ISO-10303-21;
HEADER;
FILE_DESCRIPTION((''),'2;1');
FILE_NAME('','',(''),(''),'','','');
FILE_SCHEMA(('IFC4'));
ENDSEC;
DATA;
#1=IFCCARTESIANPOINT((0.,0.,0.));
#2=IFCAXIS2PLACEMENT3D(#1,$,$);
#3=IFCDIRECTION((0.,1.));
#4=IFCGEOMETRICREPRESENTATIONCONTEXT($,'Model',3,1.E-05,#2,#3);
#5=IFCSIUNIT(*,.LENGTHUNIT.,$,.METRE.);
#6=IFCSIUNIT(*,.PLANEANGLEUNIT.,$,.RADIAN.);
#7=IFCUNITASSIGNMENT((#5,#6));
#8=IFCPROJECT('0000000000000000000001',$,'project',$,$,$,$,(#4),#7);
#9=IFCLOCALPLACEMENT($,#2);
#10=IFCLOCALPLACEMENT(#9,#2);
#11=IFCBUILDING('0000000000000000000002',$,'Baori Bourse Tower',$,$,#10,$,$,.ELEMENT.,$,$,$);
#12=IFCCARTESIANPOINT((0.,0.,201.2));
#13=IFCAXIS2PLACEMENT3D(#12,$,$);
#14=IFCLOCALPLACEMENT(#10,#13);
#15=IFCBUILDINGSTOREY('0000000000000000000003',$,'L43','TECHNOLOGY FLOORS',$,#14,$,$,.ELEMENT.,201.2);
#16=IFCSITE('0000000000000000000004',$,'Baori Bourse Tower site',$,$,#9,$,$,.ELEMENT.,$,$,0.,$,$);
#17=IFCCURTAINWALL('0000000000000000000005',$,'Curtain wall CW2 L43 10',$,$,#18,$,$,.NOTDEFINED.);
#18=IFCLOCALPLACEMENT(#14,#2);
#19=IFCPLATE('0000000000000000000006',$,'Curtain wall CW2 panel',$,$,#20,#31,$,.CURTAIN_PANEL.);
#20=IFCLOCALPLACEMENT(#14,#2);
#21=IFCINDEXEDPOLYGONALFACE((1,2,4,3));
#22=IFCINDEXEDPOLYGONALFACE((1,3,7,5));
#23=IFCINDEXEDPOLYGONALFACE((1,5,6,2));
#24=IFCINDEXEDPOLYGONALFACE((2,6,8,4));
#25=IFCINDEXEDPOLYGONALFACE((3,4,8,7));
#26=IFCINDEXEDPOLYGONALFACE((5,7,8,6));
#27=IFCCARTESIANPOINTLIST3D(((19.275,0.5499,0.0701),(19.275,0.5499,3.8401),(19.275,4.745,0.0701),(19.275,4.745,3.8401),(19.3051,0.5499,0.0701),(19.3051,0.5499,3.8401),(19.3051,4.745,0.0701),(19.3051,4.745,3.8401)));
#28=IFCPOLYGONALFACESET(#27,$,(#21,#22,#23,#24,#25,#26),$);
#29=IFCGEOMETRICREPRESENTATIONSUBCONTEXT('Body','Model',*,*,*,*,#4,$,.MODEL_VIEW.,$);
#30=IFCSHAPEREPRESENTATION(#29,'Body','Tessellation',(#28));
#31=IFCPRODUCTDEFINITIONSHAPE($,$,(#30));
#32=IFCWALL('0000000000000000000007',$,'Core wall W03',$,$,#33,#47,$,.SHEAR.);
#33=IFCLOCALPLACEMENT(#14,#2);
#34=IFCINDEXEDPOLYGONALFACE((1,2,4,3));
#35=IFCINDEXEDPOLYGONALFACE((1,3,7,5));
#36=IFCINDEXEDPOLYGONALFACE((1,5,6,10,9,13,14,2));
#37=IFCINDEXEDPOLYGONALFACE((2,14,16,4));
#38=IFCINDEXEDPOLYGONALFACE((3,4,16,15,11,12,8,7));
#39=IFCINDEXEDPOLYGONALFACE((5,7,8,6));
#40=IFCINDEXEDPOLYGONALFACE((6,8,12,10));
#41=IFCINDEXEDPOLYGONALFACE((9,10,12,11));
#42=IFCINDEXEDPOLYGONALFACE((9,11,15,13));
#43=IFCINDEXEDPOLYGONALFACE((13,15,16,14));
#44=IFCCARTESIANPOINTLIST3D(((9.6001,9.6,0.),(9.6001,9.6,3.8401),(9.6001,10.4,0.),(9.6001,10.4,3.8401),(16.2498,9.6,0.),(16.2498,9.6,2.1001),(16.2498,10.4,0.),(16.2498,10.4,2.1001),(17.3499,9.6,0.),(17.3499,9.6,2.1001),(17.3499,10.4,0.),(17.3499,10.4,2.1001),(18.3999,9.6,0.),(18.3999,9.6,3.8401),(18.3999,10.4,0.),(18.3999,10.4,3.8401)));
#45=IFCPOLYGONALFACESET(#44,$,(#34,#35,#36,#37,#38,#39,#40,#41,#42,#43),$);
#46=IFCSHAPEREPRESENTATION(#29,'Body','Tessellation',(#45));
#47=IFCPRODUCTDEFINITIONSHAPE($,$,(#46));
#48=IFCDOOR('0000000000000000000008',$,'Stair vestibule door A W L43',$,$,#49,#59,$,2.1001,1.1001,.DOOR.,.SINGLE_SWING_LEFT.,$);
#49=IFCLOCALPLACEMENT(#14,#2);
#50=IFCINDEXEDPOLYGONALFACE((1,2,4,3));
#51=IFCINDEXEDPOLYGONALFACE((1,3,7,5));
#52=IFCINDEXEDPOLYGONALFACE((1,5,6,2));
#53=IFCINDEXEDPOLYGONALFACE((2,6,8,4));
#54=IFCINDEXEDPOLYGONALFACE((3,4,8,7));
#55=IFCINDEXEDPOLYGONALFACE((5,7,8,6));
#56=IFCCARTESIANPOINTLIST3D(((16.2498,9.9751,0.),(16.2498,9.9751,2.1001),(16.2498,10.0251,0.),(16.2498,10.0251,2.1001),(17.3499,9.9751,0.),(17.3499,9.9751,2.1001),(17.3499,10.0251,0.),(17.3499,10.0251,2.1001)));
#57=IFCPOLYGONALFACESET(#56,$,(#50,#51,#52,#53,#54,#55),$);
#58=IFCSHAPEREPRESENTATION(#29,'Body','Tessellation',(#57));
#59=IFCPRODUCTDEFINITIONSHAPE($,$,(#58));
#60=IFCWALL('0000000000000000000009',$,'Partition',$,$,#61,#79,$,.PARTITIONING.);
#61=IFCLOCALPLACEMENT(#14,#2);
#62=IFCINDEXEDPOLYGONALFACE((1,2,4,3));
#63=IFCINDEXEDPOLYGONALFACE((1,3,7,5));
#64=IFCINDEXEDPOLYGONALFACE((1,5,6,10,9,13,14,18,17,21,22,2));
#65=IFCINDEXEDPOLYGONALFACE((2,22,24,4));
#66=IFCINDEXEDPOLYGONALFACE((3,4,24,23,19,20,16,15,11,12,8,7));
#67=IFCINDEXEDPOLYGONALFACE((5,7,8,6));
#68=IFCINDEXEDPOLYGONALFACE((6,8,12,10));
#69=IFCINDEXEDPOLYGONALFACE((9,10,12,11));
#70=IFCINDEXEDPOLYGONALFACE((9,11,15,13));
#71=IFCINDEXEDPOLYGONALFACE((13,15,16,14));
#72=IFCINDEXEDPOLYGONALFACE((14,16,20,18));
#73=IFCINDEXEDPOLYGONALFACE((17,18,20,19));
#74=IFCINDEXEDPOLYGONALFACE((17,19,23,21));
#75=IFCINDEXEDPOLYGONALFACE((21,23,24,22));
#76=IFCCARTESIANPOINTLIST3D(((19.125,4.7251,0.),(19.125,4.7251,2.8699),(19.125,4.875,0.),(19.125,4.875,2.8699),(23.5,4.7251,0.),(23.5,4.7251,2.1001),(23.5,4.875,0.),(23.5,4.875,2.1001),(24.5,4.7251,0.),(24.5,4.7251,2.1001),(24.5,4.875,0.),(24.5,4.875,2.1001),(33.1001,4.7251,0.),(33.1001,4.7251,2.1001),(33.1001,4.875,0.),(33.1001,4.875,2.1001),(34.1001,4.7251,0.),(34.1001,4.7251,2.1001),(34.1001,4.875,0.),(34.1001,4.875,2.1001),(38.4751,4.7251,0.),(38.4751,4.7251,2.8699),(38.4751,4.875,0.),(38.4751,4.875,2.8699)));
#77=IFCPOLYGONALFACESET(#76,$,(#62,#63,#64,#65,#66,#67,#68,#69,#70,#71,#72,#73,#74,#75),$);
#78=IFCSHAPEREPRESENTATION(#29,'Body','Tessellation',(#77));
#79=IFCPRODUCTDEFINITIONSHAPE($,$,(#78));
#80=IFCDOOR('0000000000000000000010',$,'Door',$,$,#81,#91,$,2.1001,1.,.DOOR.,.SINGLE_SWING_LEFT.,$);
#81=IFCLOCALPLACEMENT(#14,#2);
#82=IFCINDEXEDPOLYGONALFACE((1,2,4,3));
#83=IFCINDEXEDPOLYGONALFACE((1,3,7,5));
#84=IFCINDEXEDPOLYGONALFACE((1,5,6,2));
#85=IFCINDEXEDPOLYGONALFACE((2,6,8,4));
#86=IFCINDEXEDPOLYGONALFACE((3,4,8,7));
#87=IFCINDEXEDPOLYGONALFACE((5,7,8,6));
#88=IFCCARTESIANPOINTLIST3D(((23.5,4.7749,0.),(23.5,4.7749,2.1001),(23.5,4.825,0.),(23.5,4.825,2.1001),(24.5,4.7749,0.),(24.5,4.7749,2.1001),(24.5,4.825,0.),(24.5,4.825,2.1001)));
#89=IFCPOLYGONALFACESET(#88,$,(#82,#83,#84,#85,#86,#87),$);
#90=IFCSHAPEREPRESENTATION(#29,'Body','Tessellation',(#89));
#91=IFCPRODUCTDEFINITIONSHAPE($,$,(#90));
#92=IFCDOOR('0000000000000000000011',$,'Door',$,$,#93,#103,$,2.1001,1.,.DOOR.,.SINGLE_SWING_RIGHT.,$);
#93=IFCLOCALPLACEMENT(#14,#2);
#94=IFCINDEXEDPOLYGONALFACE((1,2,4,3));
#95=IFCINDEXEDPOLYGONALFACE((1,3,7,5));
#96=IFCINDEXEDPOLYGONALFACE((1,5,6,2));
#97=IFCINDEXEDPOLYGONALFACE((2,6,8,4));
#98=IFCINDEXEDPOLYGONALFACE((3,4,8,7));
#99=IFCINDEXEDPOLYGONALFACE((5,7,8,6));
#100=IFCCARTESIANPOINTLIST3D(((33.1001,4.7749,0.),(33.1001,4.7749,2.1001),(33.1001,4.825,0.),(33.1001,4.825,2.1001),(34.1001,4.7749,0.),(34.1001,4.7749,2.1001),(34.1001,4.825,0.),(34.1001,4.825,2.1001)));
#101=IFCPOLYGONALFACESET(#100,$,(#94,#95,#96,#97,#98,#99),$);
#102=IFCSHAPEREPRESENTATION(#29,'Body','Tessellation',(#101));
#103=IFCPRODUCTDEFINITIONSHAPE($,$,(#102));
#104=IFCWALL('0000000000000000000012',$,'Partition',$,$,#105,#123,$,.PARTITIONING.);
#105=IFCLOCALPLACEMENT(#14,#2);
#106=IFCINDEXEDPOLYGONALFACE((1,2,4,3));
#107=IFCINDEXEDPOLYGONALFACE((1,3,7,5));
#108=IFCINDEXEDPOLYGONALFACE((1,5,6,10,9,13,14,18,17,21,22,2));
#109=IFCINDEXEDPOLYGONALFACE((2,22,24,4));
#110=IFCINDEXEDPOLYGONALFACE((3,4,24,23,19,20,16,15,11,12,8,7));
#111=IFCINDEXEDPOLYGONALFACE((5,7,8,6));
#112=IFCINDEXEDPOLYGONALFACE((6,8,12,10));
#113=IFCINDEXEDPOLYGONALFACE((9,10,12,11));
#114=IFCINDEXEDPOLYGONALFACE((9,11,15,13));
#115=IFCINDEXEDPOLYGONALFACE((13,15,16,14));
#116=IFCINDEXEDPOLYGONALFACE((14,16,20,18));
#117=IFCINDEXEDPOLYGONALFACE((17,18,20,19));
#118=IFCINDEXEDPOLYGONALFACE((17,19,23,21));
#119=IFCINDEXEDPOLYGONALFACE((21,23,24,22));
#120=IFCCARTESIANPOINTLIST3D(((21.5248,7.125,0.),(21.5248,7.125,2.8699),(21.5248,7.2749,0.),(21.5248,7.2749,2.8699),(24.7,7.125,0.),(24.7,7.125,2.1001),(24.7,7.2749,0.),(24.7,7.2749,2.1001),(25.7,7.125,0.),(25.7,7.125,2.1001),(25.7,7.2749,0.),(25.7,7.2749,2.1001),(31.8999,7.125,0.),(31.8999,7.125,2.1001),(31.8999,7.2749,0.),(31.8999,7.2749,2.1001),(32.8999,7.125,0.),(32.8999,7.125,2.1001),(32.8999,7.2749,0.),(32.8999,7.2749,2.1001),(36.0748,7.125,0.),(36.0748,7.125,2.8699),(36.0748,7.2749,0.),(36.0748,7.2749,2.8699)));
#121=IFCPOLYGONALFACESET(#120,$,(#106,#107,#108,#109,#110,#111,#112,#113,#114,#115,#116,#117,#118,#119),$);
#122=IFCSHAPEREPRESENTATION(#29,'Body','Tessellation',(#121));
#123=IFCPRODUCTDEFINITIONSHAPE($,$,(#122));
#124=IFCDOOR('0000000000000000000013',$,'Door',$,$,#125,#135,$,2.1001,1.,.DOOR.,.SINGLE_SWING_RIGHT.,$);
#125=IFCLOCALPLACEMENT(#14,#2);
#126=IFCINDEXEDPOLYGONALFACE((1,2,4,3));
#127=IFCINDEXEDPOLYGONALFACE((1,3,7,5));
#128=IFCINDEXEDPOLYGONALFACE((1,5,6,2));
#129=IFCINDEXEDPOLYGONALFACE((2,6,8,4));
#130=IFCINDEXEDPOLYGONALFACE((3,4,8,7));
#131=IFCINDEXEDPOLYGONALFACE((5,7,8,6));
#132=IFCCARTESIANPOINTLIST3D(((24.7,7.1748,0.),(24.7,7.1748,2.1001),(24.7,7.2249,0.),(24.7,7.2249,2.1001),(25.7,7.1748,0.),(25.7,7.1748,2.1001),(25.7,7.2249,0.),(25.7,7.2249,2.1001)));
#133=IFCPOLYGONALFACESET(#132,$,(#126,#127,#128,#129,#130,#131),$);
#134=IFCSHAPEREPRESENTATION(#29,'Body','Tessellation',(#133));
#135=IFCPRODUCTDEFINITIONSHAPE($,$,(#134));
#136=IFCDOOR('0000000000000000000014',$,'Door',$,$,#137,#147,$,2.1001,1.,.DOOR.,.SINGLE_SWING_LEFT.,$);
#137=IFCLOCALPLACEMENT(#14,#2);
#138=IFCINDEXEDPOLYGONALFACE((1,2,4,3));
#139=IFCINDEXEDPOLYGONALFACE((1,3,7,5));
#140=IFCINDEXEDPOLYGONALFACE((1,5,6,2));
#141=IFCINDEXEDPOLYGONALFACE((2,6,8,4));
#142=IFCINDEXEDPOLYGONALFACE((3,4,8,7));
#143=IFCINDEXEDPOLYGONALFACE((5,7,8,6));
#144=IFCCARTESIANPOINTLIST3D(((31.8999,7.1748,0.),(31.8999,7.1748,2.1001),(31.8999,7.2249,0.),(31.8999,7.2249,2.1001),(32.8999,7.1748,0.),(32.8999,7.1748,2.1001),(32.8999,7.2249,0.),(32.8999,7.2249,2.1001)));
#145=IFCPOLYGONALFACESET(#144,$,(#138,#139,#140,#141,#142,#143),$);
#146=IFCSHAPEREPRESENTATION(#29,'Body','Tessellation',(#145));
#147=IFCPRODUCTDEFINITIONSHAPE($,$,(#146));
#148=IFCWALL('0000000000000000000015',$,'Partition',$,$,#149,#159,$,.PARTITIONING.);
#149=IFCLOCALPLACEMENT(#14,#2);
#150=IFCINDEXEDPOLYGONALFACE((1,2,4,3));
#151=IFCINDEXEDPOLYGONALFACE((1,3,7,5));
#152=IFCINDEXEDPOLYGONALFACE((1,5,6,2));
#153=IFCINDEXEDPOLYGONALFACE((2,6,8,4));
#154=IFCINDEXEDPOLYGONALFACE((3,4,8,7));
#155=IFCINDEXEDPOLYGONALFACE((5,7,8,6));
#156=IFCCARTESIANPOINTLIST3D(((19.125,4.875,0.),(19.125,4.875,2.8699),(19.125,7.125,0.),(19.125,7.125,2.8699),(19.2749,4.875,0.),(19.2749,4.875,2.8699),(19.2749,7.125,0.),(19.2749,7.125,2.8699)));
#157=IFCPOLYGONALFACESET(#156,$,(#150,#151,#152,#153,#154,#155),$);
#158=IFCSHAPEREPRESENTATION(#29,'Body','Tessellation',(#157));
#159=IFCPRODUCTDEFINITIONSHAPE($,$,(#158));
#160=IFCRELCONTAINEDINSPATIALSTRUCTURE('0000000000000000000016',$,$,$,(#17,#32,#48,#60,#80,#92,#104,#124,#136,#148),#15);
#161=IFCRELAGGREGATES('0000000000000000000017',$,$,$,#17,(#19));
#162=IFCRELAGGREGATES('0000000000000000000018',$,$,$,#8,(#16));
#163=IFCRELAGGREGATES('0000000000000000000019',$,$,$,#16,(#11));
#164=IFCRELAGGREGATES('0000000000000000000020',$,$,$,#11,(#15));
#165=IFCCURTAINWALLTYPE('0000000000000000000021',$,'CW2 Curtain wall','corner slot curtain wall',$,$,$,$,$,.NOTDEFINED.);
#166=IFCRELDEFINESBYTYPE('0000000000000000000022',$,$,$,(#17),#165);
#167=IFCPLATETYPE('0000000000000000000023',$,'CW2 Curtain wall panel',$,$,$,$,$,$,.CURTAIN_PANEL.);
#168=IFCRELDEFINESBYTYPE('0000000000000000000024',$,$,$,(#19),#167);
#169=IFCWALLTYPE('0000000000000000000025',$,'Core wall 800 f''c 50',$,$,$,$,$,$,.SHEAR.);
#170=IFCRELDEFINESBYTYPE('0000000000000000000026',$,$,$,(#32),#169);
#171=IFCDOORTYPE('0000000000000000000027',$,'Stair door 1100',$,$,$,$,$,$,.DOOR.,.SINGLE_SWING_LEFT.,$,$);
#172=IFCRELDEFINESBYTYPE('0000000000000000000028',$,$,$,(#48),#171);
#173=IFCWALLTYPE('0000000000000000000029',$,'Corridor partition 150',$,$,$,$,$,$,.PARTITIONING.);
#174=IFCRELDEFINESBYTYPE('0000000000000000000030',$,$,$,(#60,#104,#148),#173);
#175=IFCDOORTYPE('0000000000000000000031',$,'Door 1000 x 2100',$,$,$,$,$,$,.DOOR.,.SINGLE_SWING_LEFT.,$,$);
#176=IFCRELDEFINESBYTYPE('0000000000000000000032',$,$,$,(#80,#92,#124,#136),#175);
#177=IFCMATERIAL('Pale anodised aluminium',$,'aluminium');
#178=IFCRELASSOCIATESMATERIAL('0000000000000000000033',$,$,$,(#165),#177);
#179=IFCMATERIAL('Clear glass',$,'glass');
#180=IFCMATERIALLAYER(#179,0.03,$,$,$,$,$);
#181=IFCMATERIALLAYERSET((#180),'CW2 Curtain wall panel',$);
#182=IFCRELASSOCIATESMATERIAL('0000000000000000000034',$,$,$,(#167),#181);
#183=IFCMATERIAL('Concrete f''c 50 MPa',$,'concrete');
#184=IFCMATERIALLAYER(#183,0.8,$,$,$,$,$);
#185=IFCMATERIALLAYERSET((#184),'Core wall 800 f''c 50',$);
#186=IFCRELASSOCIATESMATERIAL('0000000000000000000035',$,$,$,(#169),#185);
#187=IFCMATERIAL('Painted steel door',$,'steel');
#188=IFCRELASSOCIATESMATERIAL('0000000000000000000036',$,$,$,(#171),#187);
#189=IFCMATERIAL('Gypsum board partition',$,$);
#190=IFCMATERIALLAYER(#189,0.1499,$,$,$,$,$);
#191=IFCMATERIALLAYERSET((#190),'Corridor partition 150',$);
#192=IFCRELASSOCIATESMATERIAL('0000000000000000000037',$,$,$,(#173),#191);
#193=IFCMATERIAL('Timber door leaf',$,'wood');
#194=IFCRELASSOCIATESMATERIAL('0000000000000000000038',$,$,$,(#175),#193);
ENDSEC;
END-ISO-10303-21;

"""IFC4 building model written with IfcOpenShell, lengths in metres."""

from ifc_helpers import new_model, si_unit, direction, frame, frame_2d, origin, origin_2d, place, context, subcontext, project, spatial, rectangle, extrude, material, layer, layer_set, type_object, element, fill, aggregate, save


model = new_model("IFC4")

# Units and contexts
model_context = context("Model", 3, precision=1e-05, world=origin(), true_north=direction((0.0, 1.0)))
body_context = subcontext(model_context, "Body", "Model", "MODEL_VIEW")
ifc_project = project(units=[si_unit("LENGTHUNIT", "METRE"), si_unit("PLANEANGLEUNIT", "RADIAN")], contexts=[model_context])

# Site, building, storey
site_placement = place(None, origin())
site = spatial("IfcSite", under=ifc_project, at=site_placement, Name="Baori Bourse Tower site", CompositionType="ELEMENT", RefElevation=0.0)
building_placement = place(site_placement, origin())
building = spatial("IfcBuilding", under=site, at=building_placement, Name="Baori Bourse Tower", CompositionType="ELEMENT")
storey_placement = place(building_placement, frame((0.0, 0.0, 201.2)))
storey = spatial("IfcBuildingStorey", under=building, at=storey_placement, Name="L43", Description="TECHNOLOGY FLOORS", CompositionType="ELEMENT", Elevation=201.2)

# Curtain wall
ifc_material_1 = material(Name="Pale anodised aluminium", Category="aluminium")
curtain_wall_type_1 = type_object("IfcCurtainWallType", Name="CW2 Curtain wall", Description="corner slot curtain wall", PredefinedType="NOTDEFINED", material=ifc_material_1)
curtain_wall_1_placement = place(storey_placement, origin())
curtain_wall_1 = element("IfcCurtainWall", 1, at=curtain_wall_1_placement, inside=storey, type_object=curtain_wall_type_1, Name="Curtain wall CW2 L43 10", PredefinedType="NOTDEFINED")

# Plate
ifc_material_2 = material(Name="Clear glass", Category="glass")
ifc_layer_1 = layer(ifc_material_2, 0.03)
ifc_layer_set_1 = layer_set([ifc_layer_1], Name="CW2 Curtain wall panel")
plate_type = type_object("IfcPlateType", Name="CW2 Curtain wall panel", PredefinedType="CURTAIN_PANEL", material=ifc_layer_set_1)
plate_placement = place(storey_placement, frame((19.29, 2.6475, 0.0701), z_axis=(0.0, 0.0, 1.0), x_axis=(0.0, -1.0, 0.0)))
plate = element("IfcPlate", 2, at=plate_placement, type_object=plate_type, Name="Curtain wall CW2 panel", PredefinedType="CURTAIN_PANEL", context=body_context, shape_type="SweptSolid", body=[
    extrude(rectangle(XDim=4.1951, YDim=0.03, at=origin_2d()), origin(), (0.0, 0.0, 1.0), 3.77),
])
aggregate(curtain_wall_1, [plate])

# Wall, opening, door
ifc_material_3 = material(Name="Concrete f'c 50 MPa", Category="concrete")
ifc_layer_2 = layer(ifc_material_3, 0.8)
ifc_layer_set_2 = layer_set([ifc_layer_2], Name="Core wall 800 f'c 50")
wall_type_1 = type_object("IfcWallType", Name="Core wall 800 f'c 50", PredefinedType="SHEAR", material=ifc_layer_set_2)
wall_1_placement = place(storey_placement, frame((18.3999, 10.0, 0.0), z_axis=(0.0, 0.0, 1.0), x_axis=(-1.0, 0.0, 0.0)))
wall_1 = element("IfcWall", 3, at=wall_1_placement, inside=storey, type_object=wall_type_1, Name="Core wall W03", PredefinedType="SHEAR", context=body_context, shape_type="SweptSolid", body=[
    extrude(rectangle(XDim=8.7998, YDim=0.8, at=frame_2d((4.3999, 0.0))), origin(), (0.0, 0.0, 1.0), 3.8401),
])
opening_1_placement = place(wall_1_placement, frame((1.05, 0.0, 0.0)))
opening_1 = element("IfcOpeningElement", 4, at=opening_1_placement, cuts=wall_1, PredefinedType="OPENING", context=body_context, shape_type="SweptSolid", body=[
    extrude(rectangle(XDim=1.1001, YDim=2.1001, at=frame_2d((0.55, 1.05))), frame((0.0, 0.4099, 0.0), z_axis=(0.0, -1.0, 0.0), x_axis=(1.0, 0.0, 0.0)), (0.0, 0.0, 1.0), 0.8201),
])
ifc_material_4 = material(Name="Painted steel door", Category="steel")
door_type_1 = type_object("IfcDoorType", Name="Stair door 1100", OperationType="SINGLE_SWING_LEFT", PredefinedType="DOOR", material=ifc_material_4)
door_1_placement = place(opening_1_placement, origin())
door_1 = element("IfcDoor", 5, at=door_1_placement, inside=storey, type_object=door_type_1, Name="Stair vestibule door A W L43", OperationType="SINGLE_SWING_LEFT", OverallHeight=2.1001, OverallWidth=1.1001, PredefinedType="DOOR", context=body_context, shape_type="SweptSolid", body=[
    extrude(rectangle(XDim=1.1001, YDim=2.1001, at=frame_2d((0.55, 1.05))), frame((0.0, 0.0249, 0.0), z_axis=(0.0, -1.0, 0.0), x_axis=(1.0, 0.0, 0.0)), (0.0, 0.0, 1.0), 0.05),
])
fill(opening_1, door_1)

# Walls, openings, doors
ifc_material_5 = material(Name="Gypsum board partition")
ifc_layer_3 = layer(ifc_material_5, 0.1499)
ifc_layer_set_3 = layer_set([ifc_layer_3], Name="Corridor partition 150")
wall_type_2 = type_object("IfcWallType", Name="Corridor partition 150", PredefinedType="PARTITIONING", material=ifc_layer_set_3)
wall_2_placement = place(storey_placement, frame((19.125, 4.8, 0.0), z_axis=(0.0, 0.0, 1.0), x_axis=(1.0, 0.0, 0.0)))
wall_2 = element("IfcWall", 6, at=wall_2_placement, inside=storey, type_object=wall_type_2, Name="Partition", PredefinedType="PARTITIONING", context=body_context, shape_type="SweptSolid", body=[
    extrude(rectangle(XDim=19.3501, YDim=0.1499, at=frame_2d((9.675, 0.0))), origin(), (0.0, 0.0, 1.0), 2.8699),
])
opening_2_placement = place(wall_2_placement, frame((4.375, 0.0, 0.0)))
opening_2 = element("IfcOpeningElement", 7, at=opening_2_placement, cuts=wall_2, PredefinedType="OPENING", context=body_context, shape_type="SweptSolid", body=[
    extrude(rectangle(XDim=1.0, YDim=2.1001, at=frame_2d((0.5, 1.05))), frame((0.0, 0.085, 0.0), z_axis=(0.0, -1.0, 0.0), x_axis=(1.0, 0.0, 0.0)), (0.0, 0.0, 1.0), 0.1699),
])
opening_3_placement = place(wall_2_placement, frame((13.9751, 0.0, 0.0)))
opening_3 = element("IfcOpeningElement", 8, at=opening_3_placement, cuts=wall_2, PredefinedType="OPENING", context=body_context, shape_type="SweptSolid", body=[
    extrude(rectangle(XDim=1.0, YDim=2.1001, at=frame_2d((0.5, 1.05))), frame((0.0, 0.085, 0.0), z_axis=(0.0, -1.0, 0.0), x_axis=(1.0, 0.0, 0.0)), (0.0, 0.0, 1.0), 0.1699),
])
ifc_material_6 = material(Name="Timber door leaf", Category="wood")
door_type_2 = type_object("IfcDoorType", Name="Door 1000 x 2100", OperationType="SINGLE_SWING_LEFT", PredefinedType="DOOR", material=ifc_material_6)
door_2_placement = place(opening_2_placement, origin())
door_2 = element("IfcDoor", 9, at=door_2_placement, inside=storey, type_object=door_type_2, Name="Door", OperationType="SINGLE_SWING_LEFT", OverallHeight=2.1001, OverallWidth=1.0, PredefinedType="DOOR", context=body_context, shape_type="SweptSolid", body=[
    extrude(rectangle(XDim=1.0, YDim=2.1001, at=frame_2d((0.5, 1.05))), frame((0.0, 0.0249, 0.0), z_axis=(0.0, -1.0, 0.0), x_axis=(1.0, 0.0, 0.0)), (0.0, 0.0, 1.0), 0.05),
])
fill(opening_2, door_2)
door_3_placement = place(opening_3_placement, origin())
door_3 = element("IfcDoor", 10, at=door_3_placement, inside=storey, type_object=door_type_2, Name="Door", OperationType="SINGLE_SWING_RIGHT", OverallHeight=2.1001, OverallWidth=1.0, PredefinedType="DOOR", context=body_context, shape_type="SweptSolid", body=[
    extrude(rectangle(XDim=1.0, YDim=2.1001, at=frame_2d((0.5, 1.05))), frame((0.0, 0.0249, 0.0), z_axis=(0.0, -1.0, 0.0), x_axis=(1.0, 0.0, 0.0)), (0.0, 0.0, 1.0), 0.05),
])
fill(opening_3, door_3)
wall_3_placement = place(storey_placement, frame((21.5249, 7.2, 0.0), z_axis=(0.0, 0.0, 1.0), x_axis=(1.0, 0.0, 0.0)))
wall_3 = element("IfcWall", 11, at=wall_3_placement, inside=storey, type_object=wall_type_2, Name="Partition", PredefinedType="PARTITIONING", context=body_context, shape_type="SweptSolid", body=[
    extrude(rectangle(XDim=14.55, YDim=0.1499, at=frame_2d((7.2749, 0.0))), origin(), (0.0, 0.0, 1.0), 2.8699),
])
opening_4_placement = place(wall_3_placement, frame((3.175, 0.0, 0.0)))
opening_4 = element("IfcOpeningElement", 12, at=opening_4_placement, cuts=wall_3, PredefinedType="OPENING", context=body_context, shape_type="SweptSolid", body=[
    extrude(rectangle(XDim=1.0, YDim=2.1001, at=frame_2d((0.5, 1.05))), frame((0.0, 0.085, 0.0), z_axis=(0.0, -1.0, 0.0), x_axis=(1.0, 0.0, 0.0)), (0.0, 0.0, 1.0), 0.1699),
])
opening_5_placement = place(wall_3_placement, frame((10.375, 0.0, 0.0)))
opening_5 = element("IfcOpeningElement", 13, at=opening_5_placement, cuts=wall_3, PredefinedType="OPENING", context=body_context, shape_type="SweptSolid", body=[
    extrude(rectangle(XDim=1.0, YDim=2.1001, at=frame_2d((0.5, 1.05))), frame((0.0, 0.085, 0.0), z_axis=(0.0, -1.0, 0.0), x_axis=(1.0, 0.0, 0.0)), (0.0, 0.0, 1.0), 0.1699),
])
door_4_placement = place(opening_4_placement, origin())
door_4 = element("IfcDoor", 14, at=door_4_placement, inside=storey, type_object=door_type_2, Name="Door", OperationType="SINGLE_SWING_RIGHT", OverallHeight=2.1001, OverallWidth=1.0, PredefinedType="DOOR", context=body_context, shape_type="SweptSolid", body=[
    extrude(rectangle(XDim=1.0, YDim=2.1001, at=frame_2d((0.5, 1.05))), frame((0.0, 0.0249, 0.0), z_axis=(0.0, -1.0, 0.0), x_axis=(1.0, 0.0, 0.0)), (0.0, 0.0, 1.0), 0.05),
])
fill(opening_4, door_4)
door_5_placement = place(opening_5_placement, origin())
door_5 = element("IfcDoor", 15, at=door_5_placement, inside=storey, type_object=door_type_2, Name="Door", OperationType="SINGLE_SWING_LEFT", OverallHeight=2.1001, OverallWidth=1.0, PredefinedType="DOOR", context=body_context, shape_type="SweptSolid", body=[
    extrude(rectangle(XDim=1.0, YDim=2.1001, at=frame_2d((0.5, 1.05))), frame((0.0, 0.0249, 0.0), z_axis=(0.0, -1.0, 0.0), x_axis=(1.0, 0.0, 0.0)), (0.0, 0.0, 1.0), 0.05),
])
fill(opening_5, door_5)

# Wall
wall_4_placement = place(storey_placement, frame((19.2, 4.875, 0.0), z_axis=(0.0, 0.0, 1.0), x_axis=(0.0, 1.0, 0.0)))
element("IfcWall", 16, at=wall_4_placement, inside=storey, type_object=wall_type_2, Name="Partition", PredefinedType="PARTITIONING", context=body_context, shape_type="SweptSolid", body=[
    extrude(rectangle(XDim=2.25, YDim=0.1499, at=frame_2d((1.125, 0.0))), origin(), (0.0, 0.0, 1.0), 2.8699),
])

save(model, "model.ifc")
